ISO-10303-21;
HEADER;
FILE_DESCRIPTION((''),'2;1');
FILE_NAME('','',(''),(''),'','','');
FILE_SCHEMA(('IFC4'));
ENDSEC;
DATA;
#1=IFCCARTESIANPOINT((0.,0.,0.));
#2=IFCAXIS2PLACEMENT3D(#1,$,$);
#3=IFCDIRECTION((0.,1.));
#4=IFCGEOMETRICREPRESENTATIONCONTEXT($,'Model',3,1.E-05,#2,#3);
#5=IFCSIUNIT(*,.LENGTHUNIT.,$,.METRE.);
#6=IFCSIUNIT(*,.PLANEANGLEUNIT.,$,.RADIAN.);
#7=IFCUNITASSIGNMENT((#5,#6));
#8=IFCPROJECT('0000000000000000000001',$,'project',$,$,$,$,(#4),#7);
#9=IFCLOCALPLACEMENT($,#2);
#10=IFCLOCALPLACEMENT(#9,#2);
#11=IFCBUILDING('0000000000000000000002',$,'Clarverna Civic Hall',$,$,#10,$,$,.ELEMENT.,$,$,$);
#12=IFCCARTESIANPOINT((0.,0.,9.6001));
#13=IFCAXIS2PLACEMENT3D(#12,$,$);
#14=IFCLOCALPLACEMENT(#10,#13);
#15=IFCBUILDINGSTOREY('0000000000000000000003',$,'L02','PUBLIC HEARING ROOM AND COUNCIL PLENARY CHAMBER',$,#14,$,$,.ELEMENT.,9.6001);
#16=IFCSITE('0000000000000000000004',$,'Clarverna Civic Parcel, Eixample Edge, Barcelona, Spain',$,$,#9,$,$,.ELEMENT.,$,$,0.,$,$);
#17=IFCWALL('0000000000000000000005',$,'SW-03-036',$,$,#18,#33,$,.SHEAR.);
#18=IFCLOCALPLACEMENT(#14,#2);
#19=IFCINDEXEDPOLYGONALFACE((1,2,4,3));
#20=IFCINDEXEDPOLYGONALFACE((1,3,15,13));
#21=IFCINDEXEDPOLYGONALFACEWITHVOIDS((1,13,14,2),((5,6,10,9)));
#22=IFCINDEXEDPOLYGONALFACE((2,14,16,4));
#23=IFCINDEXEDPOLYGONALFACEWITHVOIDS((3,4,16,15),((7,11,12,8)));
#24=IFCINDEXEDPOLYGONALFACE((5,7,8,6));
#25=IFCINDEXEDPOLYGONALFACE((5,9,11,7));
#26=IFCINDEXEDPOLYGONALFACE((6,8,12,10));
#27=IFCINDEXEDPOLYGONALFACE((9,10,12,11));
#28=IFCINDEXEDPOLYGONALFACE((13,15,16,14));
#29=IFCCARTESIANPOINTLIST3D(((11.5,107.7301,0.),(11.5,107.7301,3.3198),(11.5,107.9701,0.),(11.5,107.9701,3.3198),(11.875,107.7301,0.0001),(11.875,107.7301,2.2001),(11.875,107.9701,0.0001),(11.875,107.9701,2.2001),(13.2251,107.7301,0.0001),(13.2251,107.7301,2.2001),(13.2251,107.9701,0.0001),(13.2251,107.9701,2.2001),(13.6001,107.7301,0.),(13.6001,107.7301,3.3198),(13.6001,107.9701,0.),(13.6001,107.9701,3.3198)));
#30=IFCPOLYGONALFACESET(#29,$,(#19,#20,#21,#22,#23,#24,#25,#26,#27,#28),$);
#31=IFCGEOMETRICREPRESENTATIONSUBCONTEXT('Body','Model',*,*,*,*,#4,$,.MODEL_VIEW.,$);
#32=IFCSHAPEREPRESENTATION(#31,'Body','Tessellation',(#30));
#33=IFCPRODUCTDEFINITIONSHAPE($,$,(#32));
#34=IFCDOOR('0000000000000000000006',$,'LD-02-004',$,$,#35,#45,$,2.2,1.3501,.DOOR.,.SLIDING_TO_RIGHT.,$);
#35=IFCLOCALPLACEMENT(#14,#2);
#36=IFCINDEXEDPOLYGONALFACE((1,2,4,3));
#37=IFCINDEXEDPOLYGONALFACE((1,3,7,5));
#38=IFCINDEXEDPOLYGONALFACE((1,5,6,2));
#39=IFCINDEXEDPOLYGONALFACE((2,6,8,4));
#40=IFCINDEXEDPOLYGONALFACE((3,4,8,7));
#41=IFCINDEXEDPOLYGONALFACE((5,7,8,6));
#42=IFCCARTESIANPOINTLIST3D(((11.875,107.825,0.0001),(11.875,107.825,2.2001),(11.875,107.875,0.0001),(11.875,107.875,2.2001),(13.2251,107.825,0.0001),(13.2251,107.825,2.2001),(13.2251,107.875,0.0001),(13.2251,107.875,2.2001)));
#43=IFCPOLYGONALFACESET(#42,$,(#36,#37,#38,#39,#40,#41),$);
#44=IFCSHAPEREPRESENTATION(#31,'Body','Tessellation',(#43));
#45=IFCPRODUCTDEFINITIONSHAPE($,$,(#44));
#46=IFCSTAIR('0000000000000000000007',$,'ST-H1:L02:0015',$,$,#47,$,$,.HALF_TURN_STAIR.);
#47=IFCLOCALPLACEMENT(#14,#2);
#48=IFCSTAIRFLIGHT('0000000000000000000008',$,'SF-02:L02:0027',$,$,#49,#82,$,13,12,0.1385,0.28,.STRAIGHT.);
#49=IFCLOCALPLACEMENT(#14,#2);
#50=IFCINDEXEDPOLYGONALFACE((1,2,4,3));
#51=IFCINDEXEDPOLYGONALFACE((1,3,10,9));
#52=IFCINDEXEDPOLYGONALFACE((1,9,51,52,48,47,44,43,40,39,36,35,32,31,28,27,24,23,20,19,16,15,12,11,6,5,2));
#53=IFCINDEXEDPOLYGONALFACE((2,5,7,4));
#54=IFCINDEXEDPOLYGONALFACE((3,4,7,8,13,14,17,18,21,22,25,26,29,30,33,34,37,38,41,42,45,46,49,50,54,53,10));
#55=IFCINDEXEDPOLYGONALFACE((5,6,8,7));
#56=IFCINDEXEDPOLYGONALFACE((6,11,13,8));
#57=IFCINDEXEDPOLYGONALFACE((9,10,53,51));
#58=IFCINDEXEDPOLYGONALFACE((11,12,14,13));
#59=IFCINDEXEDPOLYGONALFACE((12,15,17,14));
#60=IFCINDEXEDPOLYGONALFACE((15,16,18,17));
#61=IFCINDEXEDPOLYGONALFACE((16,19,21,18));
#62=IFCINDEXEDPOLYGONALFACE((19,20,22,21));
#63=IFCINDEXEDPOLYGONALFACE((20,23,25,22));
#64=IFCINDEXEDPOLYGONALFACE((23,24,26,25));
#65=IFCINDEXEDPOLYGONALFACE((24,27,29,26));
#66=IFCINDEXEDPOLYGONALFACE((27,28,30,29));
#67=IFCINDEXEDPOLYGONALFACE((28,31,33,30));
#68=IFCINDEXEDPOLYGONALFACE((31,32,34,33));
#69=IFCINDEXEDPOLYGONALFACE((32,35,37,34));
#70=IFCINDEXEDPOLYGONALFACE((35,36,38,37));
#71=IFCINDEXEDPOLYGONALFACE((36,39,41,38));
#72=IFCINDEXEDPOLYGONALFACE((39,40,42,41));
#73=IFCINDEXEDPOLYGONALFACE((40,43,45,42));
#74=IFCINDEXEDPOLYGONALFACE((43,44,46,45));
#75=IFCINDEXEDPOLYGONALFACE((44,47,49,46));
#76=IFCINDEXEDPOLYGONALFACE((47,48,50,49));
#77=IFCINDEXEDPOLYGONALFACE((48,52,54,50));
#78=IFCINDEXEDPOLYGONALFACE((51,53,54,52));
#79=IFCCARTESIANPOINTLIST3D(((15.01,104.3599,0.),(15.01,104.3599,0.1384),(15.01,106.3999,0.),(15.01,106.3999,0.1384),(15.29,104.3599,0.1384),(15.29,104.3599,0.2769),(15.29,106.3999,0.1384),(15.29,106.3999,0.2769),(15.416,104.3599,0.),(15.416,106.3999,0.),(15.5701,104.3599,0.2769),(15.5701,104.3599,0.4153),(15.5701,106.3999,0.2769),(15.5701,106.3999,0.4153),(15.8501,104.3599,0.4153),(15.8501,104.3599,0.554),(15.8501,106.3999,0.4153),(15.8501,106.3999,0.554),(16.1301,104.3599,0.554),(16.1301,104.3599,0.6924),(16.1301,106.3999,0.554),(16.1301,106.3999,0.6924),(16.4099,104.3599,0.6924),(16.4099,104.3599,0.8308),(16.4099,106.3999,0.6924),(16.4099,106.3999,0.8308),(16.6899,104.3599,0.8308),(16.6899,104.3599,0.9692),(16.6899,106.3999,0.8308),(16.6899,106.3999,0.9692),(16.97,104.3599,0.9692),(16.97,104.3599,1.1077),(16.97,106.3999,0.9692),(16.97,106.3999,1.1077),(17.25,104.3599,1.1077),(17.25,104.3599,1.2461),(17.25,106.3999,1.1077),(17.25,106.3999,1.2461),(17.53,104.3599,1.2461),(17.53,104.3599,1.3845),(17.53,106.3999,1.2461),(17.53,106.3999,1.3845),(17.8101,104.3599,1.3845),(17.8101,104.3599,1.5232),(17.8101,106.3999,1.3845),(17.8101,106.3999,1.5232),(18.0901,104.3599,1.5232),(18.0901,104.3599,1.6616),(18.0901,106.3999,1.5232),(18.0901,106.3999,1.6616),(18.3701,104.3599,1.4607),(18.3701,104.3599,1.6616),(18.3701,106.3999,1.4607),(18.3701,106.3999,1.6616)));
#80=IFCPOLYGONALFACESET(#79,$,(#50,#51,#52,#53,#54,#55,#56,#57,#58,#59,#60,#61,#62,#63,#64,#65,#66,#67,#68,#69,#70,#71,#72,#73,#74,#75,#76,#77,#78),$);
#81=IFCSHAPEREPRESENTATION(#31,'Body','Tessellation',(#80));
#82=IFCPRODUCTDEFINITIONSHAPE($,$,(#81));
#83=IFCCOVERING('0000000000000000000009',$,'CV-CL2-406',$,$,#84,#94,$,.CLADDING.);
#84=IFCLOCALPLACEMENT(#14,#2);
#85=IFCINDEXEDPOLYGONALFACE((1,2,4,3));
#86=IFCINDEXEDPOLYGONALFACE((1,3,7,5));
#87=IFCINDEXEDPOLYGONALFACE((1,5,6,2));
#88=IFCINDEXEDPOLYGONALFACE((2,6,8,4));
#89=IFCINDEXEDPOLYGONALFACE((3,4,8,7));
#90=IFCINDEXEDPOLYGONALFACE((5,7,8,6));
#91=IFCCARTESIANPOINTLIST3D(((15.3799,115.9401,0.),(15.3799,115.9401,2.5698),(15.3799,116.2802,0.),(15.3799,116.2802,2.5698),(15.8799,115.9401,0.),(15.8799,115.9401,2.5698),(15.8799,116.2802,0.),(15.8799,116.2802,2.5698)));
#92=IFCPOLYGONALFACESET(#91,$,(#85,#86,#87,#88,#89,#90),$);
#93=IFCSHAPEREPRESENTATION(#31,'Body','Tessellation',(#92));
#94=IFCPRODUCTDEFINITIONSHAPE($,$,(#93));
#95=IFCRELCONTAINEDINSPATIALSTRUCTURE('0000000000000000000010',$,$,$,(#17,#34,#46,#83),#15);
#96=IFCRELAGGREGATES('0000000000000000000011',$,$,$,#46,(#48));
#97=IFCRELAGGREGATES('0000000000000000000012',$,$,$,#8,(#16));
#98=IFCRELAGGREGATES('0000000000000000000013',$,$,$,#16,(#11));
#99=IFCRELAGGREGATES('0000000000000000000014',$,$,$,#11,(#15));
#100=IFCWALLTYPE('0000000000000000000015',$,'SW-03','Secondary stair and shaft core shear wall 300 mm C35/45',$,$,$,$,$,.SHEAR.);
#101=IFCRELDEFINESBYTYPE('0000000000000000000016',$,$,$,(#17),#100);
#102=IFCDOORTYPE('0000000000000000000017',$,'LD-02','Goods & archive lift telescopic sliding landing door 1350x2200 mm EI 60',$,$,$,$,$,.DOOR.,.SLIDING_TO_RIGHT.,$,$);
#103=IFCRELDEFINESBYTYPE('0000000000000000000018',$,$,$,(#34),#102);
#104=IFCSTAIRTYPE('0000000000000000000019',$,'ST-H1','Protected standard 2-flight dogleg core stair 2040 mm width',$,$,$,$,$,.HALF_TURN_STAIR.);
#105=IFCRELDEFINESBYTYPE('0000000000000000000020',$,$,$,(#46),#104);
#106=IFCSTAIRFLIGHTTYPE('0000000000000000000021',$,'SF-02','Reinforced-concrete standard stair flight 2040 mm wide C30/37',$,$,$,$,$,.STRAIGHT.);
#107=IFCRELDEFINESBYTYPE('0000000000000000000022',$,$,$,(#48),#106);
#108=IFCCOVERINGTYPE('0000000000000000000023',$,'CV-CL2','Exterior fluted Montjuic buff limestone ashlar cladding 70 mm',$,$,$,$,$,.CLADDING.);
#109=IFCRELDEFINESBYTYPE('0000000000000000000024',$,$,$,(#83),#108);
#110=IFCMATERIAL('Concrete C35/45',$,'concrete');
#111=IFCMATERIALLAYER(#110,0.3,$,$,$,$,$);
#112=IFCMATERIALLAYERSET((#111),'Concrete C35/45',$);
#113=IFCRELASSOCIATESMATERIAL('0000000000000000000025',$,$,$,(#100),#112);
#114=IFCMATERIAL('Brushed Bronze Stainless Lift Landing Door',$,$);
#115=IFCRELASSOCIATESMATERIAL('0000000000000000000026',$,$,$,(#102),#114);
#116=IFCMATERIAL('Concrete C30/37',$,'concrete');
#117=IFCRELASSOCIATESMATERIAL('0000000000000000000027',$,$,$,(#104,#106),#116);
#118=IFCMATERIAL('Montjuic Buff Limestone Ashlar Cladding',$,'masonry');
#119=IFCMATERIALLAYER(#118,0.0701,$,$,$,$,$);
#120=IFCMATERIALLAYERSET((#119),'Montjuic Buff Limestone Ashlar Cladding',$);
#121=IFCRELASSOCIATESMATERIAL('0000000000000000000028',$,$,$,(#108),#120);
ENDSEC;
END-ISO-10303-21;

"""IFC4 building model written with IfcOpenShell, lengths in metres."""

from ifc_helpers import new_model, si_unit, direction, frame, frame_2d, origin, place, context, subcontext, project, spatial, polyline, rectangle, outline, extrude, material, layer, layer_set, type_object, element, fill, aggregate, save


model = new_model("IFC4")

# Units and contexts
model_context = context("Model", 3, precision=1e-05, world=origin(), true_north=direction((0.0, 1.0)))
body_context = subcontext(model_context, "Body", "Model", "MODEL_VIEW")
ifc_project = project(units=[si_unit("LENGTHUNIT", "METRE"), si_unit("PLANEANGLEUNIT", "RADIAN")], contexts=[model_context])

# Site, building, storey
site_placement = place(None, origin())
site = spatial("IfcSite", under=ifc_project, at=site_placement, Name="Clarverna Civic Parcel, Eixample Edge, Barcelona, Spain", CompositionType="ELEMENT", RefElevation=0.0)
building_placement = place(site_placement, origin())
building = spatial("IfcBuilding", under=site, at=building_placement, Name="Clarverna Civic Hall", CompositionType="ELEMENT")
storey_placement = place(building_placement, frame((0.0, 0.0, 9.6001)))
storey = spatial("IfcBuildingStorey", under=building, at=storey_placement, Name="L02", Description="PUBLIC HEARING ROOM AND COUNCIL PLENARY CHAMBER", CompositionType="ELEMENT", Elevation=9.6001)

# Shared definitions
ifc_material_1 = material(Name="Concrete C35/45", Category="concrete")
ifc_layer_1 = layer(ifc_material_1, 0.3)
ifc_layer_set_1 = layer_set([ifc_layer_1], Name="Concrete C35/45")
wall_type_1 = type_object("IfcWallType", Name="SW-03", Description="Secondary stair and shaft core shear wall 300 mm C35/45", PredefinedType="SHEAR", material=ifc_layer_set_1)

# Wall, opening, door
ifc_material_2 = material(Name="Brushed Bronze Stainless Lift Landing Door")
wall_1_placement = place(storey_placement, frame((11.5, 107.8501, 0.0), z_axis=(0.0, 0.0, 1.0), x_axis=(1.0, 0.0, 0.0)))
wall_1 = element("IfcWall", 1, at=wall_1_placement, inside=storey, type_object=wall_type_1, Name="SW-03-036", PredefinedType="SHEAR", context=body_context, shape_type="SweptSolid", body=[
    extrude(rectangle(XDim=2.1001, YDim=0.24, at=frame_2d((1.05, 0.0))), origin(), (0.0, 0.0, 1.0), 3.3198),
])
opening_1_placement = place(wall_1_placement, frame((0.375, 0.0, 0.0)))
opening_1 = element("IfcOpeningElement", 2, at=opening_1_placement, cuts=wall_1, PredefinedType="OPENING", context=body_context, shape_type="SweptSolid", body=[
    extrude(rectangle(XDim=1.3501, YDim=2.2, at=frame_2d((0.675, 1.1001))), frame((0.0, 0.1299, 0.0), z_axis=(0.0, -1.0, 0.0), x_axis=(1.0, 0.0, 0.0)), (0.0, 0.0, 1.0), 0.26),
])
door_type_1 = type_object("IfcDoorType", Name="LD-02", Description="Goods & archive lift telescopic sliding landing door 1350x2200 mm EI 60", OperationType="SLIDING_TO_RIGHT", PredefinedType="DOOR", material=ifc_material_2)
door_1_placement = place(opening_1_placement, origin())
door_1 = element("IfcDoor", 3, at=door_1_placement, inside=storey, type_object=door_type_1, Name="LD-02-004", OperationType="SLIDING_TO_RIGHT", OverallHeight=2.2, OverallWidth=1.3501, PredefinedType="DOOR", context=body_context, shape_type="SweptSolid", body=[
    extrude(rectangle(XDim=1.3501, YDim=2.2, at=frame_2d((0.675, 1.1001))), frame((0.0, 0.0249, 0.0), z_axis=(0.0, -1.0, 0.0), x_axis=(1.0, 0.0, 0.0)), (0.0, 0.0, 1.0), 0.05),
])
fill(opening_1, door_1)

# Stair, stair flight
ifc_material_3 = material(Name="Concrete C30/37", Category="concrete")
stair_type = type_object("IfcStairType", Name="ST-H1", Description="Protected standard 2-flight dogleg core stair 2040 mm width", PredefinedType="HALF_TURN_STAIR", material=ifc_material_3)
stair_placement = place(storey_placement, origin())
stair = element("IfcStair", 4, at=stair_placement, inside=storey, type_object=stair_type, Name="ST-H1:L02:0015", PredefinedType="HALF_TURN_STAIR")
stair_flight_type = type_object("IfcStairFlightType", Name="SF-02", Description="Reinforced-concrete standard stair flight 2040 mm wide C30/37", PredefinedType="STRAIGHT", material=ifc_material_3)
stair_flight_placement = place(storey_placement, frame((15.01, 105.3799, 0.0), z_axis=(0.0, 0.0, 1.0), x_axis=(1.0, 0.0, 0.0)))
stair_flight = element("IfcStairFlight", 5, at=stair_flight_placement, type_object=stair_flight_type, Name="SF-02:L02:0027", NumberOfRisers=13, NumberOfTreads=12, PredefinedType="STRAIGHT", RiserHeight=0.1385, TreadLength=0.28, context=body_context, shape_type="SweptSolid", body=[
    extrude(outline(polyline([(0.0, 0.0), (0.0, 0.1384), (0.28, 0.1384), (0.28, 0.2769), (0.5601, 0.2769), (0.5601, 0.4153), (0.8401, 0.4153), (0.8401, 0.554), (1.1201, 0.554), (1.1201, 0.6924), (1.3999, 0.6924), (1.3999, 0.8308), (1.6799, 0.8308), (1.6799, 0.9692), (1.96, 0.9692), (1.96, 1.1077), (2.24, 1.1077), (2.24, 1.2461), (2.52, 1.2461), (2.52, 1.3845), (2.8, 1.3845), (2.8, 1.5232), (3.0801, 1.5232), (3.0801, 1.6616), (3.3601, 1.6616), (3.3601, 1.8), (3.3601, 1.4607), (0.406, 0.0), (0.0, 0.0)])), frame((0.0, 1.02, 0.0), z_axis=(0.0, -1.0, 0.0), x_axis=(1.0, 0.0, 0.0)), (0.0, 0.0, 1.0), 2.04),
])
aggregate(stair, [stair_flight])

# Covering
ifc_material_4 = material(Name="Montjuic Buff Limestone Ashlar Cladding", Category="masonry")
ifc_layer_2 = layer(ifc_material_4, 0.0701)
ifc_layer_set_2 = layer_set([ifc_layer_2], Name="Montjuic Buff Limestone Ashlar Cladding")
covering_type = type_object("IfcCoveringType", Name="CV-CL2", Description="Exterior fluted Montjuic buff limestone ashlar cladding 70 mm", PredefinedType="CLADDING", material=ifc_layer_set_2)
covering_placement = place(storey_placement, frame((15.3799, 116.1101, 0.0), z_axis=(0.0, 0.0, 1.0), x_axis=(1.0, 0.0, 0.0)))
element("IfcCovering", 6, at=covering_placement, inside=storey, type_object=covering_type, Name="CV-CL2-406", PredefinedType="CLADDING", context=body_context, shape_type="SweptSolid", body=[
    extrude(rectangle(XDim=0.5, YDim=0.3401, at=frame_2d((0.25, 0.0))), origin(), (0.0, 0.0, 1.0), 2.5698),
])

save(model, "model.ifc")
